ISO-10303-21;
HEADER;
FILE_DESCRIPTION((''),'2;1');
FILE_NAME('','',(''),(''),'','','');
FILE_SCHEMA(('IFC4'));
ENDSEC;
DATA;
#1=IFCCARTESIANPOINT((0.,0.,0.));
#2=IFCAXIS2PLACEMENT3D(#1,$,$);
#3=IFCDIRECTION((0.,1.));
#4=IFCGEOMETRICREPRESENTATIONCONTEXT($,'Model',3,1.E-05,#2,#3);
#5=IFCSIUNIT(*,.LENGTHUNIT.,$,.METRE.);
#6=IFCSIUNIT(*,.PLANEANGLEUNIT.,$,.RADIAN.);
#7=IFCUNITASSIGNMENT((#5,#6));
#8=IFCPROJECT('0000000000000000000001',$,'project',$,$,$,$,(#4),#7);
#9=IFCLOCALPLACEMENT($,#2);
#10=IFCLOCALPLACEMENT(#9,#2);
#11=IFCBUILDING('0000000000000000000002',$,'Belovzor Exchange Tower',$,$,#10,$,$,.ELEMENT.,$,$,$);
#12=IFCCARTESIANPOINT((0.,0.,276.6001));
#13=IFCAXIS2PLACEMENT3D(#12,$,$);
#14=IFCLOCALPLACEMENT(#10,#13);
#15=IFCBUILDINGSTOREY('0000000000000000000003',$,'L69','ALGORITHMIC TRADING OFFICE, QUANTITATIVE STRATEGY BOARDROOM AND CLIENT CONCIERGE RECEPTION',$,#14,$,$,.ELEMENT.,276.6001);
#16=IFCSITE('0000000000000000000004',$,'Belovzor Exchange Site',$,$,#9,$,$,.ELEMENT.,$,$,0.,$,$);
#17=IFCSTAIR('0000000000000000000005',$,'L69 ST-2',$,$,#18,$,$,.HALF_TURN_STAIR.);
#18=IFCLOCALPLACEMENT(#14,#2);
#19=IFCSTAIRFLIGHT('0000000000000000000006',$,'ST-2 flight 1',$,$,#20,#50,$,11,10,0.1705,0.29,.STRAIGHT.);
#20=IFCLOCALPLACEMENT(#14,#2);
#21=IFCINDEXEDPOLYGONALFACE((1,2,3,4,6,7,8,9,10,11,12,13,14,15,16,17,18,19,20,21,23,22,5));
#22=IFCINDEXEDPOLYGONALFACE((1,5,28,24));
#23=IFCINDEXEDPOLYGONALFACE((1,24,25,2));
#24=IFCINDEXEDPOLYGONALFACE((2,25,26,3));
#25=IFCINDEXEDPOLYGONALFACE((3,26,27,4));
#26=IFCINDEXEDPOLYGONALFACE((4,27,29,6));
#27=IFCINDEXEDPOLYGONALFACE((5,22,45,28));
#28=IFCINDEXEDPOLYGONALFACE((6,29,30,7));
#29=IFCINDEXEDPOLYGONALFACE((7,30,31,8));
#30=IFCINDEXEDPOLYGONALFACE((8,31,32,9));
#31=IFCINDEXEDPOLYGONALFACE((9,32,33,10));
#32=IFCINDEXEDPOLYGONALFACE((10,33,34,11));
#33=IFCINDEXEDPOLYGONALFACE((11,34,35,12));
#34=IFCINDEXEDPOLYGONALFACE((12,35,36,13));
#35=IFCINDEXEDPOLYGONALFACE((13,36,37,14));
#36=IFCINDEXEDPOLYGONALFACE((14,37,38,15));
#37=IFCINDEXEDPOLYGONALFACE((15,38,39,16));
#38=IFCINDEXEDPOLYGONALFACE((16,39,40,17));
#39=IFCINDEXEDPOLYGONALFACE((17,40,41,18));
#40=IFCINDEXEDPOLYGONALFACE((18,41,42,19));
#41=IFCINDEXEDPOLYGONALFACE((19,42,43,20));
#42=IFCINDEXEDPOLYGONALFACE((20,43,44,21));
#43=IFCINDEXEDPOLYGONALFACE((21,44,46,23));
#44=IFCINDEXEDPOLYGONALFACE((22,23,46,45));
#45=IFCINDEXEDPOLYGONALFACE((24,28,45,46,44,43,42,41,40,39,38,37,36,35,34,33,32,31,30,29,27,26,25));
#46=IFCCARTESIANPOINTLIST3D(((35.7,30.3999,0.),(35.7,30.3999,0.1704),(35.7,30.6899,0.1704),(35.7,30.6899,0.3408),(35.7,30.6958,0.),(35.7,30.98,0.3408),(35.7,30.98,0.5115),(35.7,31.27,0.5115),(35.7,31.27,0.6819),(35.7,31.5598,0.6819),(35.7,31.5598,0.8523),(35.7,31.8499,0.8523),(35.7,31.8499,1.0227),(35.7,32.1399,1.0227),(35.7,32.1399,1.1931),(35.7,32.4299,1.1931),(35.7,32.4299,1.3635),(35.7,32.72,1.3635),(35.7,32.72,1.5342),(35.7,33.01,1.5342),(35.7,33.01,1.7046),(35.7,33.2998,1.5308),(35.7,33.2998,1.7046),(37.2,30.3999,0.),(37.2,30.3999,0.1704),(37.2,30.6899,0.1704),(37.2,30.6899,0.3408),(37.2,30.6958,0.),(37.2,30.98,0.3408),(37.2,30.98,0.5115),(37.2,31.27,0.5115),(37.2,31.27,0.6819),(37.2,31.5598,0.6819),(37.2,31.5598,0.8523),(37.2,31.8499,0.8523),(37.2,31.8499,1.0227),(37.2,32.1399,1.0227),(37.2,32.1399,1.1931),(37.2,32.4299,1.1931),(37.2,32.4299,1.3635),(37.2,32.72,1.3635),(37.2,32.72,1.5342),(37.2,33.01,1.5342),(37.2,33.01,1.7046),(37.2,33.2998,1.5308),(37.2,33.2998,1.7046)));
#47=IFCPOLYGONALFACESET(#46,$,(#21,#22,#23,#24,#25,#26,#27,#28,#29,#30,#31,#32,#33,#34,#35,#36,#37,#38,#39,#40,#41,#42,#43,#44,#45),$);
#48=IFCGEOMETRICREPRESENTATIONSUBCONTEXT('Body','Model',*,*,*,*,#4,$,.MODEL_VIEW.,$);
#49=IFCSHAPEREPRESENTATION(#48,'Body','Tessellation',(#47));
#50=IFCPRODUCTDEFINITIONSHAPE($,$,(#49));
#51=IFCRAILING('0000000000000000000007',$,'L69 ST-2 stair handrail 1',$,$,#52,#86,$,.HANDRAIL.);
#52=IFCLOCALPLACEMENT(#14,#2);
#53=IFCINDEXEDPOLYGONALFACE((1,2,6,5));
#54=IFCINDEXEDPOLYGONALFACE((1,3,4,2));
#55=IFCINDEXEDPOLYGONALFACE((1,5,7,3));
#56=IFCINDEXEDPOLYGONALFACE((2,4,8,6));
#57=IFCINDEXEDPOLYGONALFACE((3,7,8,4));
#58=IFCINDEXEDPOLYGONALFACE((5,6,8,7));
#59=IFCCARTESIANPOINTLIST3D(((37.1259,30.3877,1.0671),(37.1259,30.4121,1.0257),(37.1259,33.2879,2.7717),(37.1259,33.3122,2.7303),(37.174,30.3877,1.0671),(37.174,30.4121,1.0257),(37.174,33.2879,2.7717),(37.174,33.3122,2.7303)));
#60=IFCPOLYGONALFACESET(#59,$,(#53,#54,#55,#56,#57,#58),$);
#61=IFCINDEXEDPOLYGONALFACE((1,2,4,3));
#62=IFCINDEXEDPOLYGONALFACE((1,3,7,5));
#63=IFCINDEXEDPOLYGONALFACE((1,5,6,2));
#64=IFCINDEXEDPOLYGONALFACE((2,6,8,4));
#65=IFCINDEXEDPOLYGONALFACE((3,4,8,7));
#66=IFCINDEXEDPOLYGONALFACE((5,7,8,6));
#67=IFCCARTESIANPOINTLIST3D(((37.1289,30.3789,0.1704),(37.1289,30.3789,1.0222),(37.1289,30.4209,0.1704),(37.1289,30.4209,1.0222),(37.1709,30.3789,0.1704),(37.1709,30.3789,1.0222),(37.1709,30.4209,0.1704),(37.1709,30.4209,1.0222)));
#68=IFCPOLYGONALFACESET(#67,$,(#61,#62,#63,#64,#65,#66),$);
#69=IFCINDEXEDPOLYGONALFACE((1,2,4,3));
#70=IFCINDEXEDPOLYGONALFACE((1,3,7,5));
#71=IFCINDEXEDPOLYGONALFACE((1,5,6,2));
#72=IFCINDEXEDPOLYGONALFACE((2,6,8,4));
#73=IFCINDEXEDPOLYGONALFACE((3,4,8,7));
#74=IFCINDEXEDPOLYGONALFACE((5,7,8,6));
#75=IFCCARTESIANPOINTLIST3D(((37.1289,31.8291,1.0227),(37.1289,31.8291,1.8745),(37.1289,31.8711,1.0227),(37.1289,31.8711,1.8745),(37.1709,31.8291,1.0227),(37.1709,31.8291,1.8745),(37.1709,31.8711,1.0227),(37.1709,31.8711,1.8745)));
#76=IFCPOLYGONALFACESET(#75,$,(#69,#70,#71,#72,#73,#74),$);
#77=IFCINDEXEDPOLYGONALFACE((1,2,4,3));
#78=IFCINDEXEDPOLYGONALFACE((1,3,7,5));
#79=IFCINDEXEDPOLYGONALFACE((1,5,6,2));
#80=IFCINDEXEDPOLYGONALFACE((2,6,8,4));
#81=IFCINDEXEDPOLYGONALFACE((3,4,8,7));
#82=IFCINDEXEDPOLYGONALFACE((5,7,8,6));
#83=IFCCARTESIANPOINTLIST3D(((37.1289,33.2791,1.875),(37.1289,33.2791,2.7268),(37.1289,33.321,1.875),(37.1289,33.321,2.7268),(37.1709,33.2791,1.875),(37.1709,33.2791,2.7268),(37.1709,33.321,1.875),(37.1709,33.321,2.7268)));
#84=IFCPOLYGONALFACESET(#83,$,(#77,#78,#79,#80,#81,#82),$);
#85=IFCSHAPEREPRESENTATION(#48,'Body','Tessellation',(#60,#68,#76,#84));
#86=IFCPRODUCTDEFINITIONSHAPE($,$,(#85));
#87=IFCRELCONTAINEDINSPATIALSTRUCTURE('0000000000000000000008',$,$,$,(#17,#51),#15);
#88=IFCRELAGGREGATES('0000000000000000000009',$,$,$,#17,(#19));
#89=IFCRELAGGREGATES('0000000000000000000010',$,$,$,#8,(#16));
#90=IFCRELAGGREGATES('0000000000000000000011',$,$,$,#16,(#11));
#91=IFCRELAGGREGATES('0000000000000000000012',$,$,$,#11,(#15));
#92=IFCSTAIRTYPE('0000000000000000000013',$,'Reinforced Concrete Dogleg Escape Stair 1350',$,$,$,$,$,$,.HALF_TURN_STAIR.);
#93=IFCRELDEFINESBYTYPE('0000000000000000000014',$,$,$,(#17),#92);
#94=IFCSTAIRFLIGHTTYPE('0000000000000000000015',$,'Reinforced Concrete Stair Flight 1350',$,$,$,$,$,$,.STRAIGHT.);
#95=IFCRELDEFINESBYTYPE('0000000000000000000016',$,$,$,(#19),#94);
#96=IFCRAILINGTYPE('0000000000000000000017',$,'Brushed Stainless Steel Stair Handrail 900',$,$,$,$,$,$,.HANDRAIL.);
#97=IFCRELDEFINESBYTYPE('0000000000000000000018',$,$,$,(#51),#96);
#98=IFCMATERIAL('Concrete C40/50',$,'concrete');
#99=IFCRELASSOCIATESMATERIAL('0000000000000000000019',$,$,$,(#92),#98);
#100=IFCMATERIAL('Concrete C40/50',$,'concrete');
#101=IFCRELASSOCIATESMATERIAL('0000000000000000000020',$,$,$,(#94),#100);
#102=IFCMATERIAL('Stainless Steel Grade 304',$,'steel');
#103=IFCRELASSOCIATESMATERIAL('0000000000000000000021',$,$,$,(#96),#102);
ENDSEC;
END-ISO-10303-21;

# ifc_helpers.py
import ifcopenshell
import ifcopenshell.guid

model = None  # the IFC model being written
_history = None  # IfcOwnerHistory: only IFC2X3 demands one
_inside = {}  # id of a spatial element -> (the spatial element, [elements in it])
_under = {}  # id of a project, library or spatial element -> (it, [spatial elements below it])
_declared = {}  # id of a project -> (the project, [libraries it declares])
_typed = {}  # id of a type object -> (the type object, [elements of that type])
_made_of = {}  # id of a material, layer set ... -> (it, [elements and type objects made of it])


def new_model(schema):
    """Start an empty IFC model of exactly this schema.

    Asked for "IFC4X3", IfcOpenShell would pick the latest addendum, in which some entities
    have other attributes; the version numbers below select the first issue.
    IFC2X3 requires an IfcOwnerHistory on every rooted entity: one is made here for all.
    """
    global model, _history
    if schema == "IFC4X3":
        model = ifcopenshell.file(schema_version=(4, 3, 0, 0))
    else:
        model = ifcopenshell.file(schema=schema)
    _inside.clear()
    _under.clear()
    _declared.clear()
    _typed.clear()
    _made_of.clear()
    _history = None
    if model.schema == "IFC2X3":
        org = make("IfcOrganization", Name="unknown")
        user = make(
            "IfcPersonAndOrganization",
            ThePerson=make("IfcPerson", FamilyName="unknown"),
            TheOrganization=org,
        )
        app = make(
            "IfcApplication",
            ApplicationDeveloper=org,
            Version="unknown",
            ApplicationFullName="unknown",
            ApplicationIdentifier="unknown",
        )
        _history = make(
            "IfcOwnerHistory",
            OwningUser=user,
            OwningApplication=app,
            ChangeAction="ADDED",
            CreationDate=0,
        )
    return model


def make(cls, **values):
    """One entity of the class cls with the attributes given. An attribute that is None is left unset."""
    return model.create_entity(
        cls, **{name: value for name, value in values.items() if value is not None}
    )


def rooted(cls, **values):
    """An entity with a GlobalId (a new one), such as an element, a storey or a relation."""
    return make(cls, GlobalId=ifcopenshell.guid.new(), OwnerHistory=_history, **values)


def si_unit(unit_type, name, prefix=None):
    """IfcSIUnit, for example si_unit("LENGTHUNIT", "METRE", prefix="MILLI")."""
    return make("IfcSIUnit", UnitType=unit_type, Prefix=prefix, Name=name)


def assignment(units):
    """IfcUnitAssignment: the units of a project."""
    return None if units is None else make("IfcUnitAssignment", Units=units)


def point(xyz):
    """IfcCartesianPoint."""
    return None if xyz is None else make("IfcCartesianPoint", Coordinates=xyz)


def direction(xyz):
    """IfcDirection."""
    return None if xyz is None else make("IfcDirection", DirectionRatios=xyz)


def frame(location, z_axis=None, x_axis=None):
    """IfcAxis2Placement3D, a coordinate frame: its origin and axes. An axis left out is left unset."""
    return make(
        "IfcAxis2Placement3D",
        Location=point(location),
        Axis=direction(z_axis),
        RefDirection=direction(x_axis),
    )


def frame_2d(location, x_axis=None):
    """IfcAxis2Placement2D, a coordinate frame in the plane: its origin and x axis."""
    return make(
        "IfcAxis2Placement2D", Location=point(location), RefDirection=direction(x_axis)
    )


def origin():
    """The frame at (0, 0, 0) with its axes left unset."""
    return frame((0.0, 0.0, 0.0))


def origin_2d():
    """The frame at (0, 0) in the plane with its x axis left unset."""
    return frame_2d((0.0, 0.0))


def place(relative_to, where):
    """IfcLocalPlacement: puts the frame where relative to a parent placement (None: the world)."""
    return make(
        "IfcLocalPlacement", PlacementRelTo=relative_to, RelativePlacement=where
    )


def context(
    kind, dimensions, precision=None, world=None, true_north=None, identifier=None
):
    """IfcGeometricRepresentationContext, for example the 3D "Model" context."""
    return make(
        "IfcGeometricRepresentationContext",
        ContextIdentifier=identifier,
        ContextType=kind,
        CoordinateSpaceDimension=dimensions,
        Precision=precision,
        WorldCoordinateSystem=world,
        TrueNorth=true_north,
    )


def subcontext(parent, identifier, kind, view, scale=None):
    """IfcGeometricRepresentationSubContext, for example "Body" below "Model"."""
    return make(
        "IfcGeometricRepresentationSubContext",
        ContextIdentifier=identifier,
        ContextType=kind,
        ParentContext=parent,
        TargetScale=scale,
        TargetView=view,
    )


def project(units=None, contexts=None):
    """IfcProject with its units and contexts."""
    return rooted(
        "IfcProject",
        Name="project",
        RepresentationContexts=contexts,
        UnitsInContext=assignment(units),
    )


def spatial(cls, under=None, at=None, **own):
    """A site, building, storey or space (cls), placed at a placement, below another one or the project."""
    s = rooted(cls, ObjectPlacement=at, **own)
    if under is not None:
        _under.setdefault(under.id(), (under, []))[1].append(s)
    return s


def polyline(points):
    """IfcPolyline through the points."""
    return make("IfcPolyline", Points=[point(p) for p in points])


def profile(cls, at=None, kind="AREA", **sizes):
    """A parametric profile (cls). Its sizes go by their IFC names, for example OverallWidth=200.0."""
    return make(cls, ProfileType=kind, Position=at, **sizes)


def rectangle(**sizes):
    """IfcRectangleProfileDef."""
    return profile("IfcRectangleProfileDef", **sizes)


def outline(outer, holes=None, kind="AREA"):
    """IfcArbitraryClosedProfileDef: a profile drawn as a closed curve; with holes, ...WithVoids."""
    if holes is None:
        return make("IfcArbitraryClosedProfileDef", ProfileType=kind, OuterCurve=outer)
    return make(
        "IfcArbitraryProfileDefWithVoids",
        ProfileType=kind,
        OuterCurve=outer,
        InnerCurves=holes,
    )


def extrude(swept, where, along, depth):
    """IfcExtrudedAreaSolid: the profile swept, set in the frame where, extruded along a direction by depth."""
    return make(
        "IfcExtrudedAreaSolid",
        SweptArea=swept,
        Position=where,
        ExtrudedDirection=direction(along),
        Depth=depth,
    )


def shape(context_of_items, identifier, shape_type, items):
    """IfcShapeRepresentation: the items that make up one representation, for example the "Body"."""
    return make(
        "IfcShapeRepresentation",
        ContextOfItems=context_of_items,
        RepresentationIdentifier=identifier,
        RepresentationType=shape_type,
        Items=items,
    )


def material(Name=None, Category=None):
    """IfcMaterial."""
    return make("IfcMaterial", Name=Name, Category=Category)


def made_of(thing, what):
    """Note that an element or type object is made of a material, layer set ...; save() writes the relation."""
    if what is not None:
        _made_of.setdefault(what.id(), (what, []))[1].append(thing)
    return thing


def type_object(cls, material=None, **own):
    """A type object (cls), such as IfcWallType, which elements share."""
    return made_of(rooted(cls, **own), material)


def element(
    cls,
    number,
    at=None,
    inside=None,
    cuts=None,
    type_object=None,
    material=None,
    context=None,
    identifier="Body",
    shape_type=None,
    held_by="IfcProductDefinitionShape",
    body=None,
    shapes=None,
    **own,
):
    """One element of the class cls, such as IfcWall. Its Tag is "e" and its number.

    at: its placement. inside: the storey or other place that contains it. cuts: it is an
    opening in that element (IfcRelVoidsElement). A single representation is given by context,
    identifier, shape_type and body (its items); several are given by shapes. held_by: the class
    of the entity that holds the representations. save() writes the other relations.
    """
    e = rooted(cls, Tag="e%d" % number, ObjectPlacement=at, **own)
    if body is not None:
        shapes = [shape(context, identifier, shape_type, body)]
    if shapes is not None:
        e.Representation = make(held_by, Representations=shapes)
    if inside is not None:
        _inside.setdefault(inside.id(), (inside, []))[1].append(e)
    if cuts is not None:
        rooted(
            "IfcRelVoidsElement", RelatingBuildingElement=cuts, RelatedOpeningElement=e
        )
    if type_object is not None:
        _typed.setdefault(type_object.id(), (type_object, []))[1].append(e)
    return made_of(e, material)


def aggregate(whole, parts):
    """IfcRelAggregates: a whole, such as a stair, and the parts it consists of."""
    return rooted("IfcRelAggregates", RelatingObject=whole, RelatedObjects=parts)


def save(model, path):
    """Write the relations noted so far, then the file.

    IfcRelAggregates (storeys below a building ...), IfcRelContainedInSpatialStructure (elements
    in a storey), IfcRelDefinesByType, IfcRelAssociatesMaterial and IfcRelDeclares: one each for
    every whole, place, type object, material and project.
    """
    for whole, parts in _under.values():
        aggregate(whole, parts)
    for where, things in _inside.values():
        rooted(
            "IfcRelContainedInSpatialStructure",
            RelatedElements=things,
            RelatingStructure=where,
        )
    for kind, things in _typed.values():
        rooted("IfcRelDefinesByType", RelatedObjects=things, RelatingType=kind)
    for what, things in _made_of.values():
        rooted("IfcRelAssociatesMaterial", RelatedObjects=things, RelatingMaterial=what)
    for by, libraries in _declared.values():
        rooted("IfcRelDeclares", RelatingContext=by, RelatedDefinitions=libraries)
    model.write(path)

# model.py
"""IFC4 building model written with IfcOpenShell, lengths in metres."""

from ifc_helpers import new_model, si_unit, direction, frame, origin, origin_2d, place, context, subcontext, project, spatial, polyline, rectangle, outline, extrude, material, type_object, element, aggregate, save


model = new_model("IFC4")

# Units and contexts
model_context = context("Model", 3, precision=1e-05, world=origin(), true_north=direction((0.0, 1.0)))
body_context = subcontext(model_context, "Body", "Model", "MODEL_VIEW")
ifc_project = project(units=[si_unit("LENGTHUNIT", "METRE"), si_unit("PLANEANGLEUNIT", "RADIAN")], contexts=[model_context])

# Site, building, storey
site_placement = place(None, origin())
site = spatial("IfcSite", under=ifc_project, at=site_placement, Name="Belovzor Exchange Site", CompositionType="ELEMENT", RefElevation=0.0)
building_placement = place(site_placement, origin())
building = spatial("IfcBuilding", under=site, at=building_placement, Name="Belovzor Exchange Tower", CompositionType="ELEMENT")
storey_placement = place(building_placement, frame((0.0, 0.0, 276.6001)))
storey = spatial("IfcBuildingStorey", under=building, at=storey_placement, Name="L69", Description="ALGORITHMIC TRADING OFFICE, QUANTITATIVE STRATEGY BOARDROOM AND CLIENT CONCIERGE RECEPTION", CompositionType="ELEMENT", Elevation=276.6001)

# Stair, stair flight
ifc_material_1 = material(Name="Concrete C40/50", Category="concrete")
stair_type = type_object("IfcStairType", Name="Reinforced Concrete Dogleg Escape Stair 1350", PredefinedType="HALF_TURN_STAIR", material=ifc_material_1)
stair_placement = place(storey_placement, origin())
stair = element("IfcStair", 1, at=stair_placement, inside=storey, type_object=stair_type, Name="L69 ST-2", PredefinedType="HALF_TURN_STAIR")
ifc_material_2 = material(Name="Concrete C40/50", Category="concrete")
stair_flight_type = type_object("IfcStairFlightType", Name="Reinforced Concrete Stair Flight 1350", PredefinedType="STRAIGHT", material=ifc_material_2)
stair_flight_placement = place(storey_placement, frame((36.45, 30.3999, 0.0), z_axis=(0.0, 0.0, 1.0), x_axis=(0.0, 1.0, 0.0)))
stair_flight = element("IfcStairFlight", 2, at=stair_flight_placement, type_object=stair_flight_type, Name="ST-2 flight 1", NumberOfRisers=11, NumberOfTreads=10, PredefinedType="STRAIGHT", RiserHeight=0.1705, TreadLength=0.29, context=body_context, shape_type="SweptSolid", body=[
    extrude(outline(polyline([(0.0, 0.0), (0.0, 0.1704), (0.29, 0.1704), (0.29, 0.3408), (0.5801, 0.3408), (0.5801, 0.5115), (0.8701, 0.5115), (0.8701, 0.6819), (1.1599, 0.6819), (1.1599, 0.8523), (1.45, 0.8523), (1.45, 1.0227), (1.74, 1.0227), (1.74, 1.1931), (2.03, 1.1931), (2.03, 1.3635), (2.3201, 1.3635), (2.3201, 1.5342), (2.6101, 1.5342), (2.6101, 1.7046), (2.8999, 1.7046), (2.8999, 1.875), (2.8999, 1.5308), (0.2959, 0.0), (0.0, 0.0)])), frame((0.0, 0.75, 0.0), z_axis=(0.0, -1.0, 0.0), x_axis=(1.0, 0.0, 0.0)), (0.0, 0.0, 1.0), 1.5),
])
aggregate(stair, [stair_flight])

# Railing
ifc_material_3 = material(Name="Stainless Steel Grade 304", Category="steel")
railing_type_1 = type_object("IfcRailingType", Name="Brushed Stainless Steel Stair Handrail 900", PredefinedType="HANDRAIL", material=ifc_material_3)
railing_1_placement = place(storey_placement, frame((37.1499, 30.3999, 0.1704)))
element("IfcRailing", 3, at=railing_1_placement, inside=storey, type_object=railing_type_1, Name="L69 ST-2 stair handrail 1", PredefinedType="HANDRAIL", context=body_context, shape_type="SweptSolid", body=[
    extrude(rectangle(XDim=0.0481, YDim=0.0481, at=origin_2d()), frame((0.0, 0.0, 0.876), z_axis=(0.0, 0.862113, 0.506716), x_axis=(-1.0, 0.0, 0.0)), (0.0, 0.0, 1.0), 3.364),
    extrude(rectangle(XDim=0.042, YDim=0.042, at=origin_2d()), origin(), (0.0, 0.0, 1.0), 0.8518),
    extrude(rectangle(XDim=0.042, YDim=0.042, at=origin_2d()), frame((0.0, 1.4502, 0.8523)), (0.0, 0.0, 1.0), 0.8518),
    extrude(rectangle(XDim=0.042, YDim=0.042, at=origin_2d()), frame((0.0, 2.9001, 1.7046)), (0.0, 0.0, 1.0), 0.8518),
])

save(model, "model.ifc")
